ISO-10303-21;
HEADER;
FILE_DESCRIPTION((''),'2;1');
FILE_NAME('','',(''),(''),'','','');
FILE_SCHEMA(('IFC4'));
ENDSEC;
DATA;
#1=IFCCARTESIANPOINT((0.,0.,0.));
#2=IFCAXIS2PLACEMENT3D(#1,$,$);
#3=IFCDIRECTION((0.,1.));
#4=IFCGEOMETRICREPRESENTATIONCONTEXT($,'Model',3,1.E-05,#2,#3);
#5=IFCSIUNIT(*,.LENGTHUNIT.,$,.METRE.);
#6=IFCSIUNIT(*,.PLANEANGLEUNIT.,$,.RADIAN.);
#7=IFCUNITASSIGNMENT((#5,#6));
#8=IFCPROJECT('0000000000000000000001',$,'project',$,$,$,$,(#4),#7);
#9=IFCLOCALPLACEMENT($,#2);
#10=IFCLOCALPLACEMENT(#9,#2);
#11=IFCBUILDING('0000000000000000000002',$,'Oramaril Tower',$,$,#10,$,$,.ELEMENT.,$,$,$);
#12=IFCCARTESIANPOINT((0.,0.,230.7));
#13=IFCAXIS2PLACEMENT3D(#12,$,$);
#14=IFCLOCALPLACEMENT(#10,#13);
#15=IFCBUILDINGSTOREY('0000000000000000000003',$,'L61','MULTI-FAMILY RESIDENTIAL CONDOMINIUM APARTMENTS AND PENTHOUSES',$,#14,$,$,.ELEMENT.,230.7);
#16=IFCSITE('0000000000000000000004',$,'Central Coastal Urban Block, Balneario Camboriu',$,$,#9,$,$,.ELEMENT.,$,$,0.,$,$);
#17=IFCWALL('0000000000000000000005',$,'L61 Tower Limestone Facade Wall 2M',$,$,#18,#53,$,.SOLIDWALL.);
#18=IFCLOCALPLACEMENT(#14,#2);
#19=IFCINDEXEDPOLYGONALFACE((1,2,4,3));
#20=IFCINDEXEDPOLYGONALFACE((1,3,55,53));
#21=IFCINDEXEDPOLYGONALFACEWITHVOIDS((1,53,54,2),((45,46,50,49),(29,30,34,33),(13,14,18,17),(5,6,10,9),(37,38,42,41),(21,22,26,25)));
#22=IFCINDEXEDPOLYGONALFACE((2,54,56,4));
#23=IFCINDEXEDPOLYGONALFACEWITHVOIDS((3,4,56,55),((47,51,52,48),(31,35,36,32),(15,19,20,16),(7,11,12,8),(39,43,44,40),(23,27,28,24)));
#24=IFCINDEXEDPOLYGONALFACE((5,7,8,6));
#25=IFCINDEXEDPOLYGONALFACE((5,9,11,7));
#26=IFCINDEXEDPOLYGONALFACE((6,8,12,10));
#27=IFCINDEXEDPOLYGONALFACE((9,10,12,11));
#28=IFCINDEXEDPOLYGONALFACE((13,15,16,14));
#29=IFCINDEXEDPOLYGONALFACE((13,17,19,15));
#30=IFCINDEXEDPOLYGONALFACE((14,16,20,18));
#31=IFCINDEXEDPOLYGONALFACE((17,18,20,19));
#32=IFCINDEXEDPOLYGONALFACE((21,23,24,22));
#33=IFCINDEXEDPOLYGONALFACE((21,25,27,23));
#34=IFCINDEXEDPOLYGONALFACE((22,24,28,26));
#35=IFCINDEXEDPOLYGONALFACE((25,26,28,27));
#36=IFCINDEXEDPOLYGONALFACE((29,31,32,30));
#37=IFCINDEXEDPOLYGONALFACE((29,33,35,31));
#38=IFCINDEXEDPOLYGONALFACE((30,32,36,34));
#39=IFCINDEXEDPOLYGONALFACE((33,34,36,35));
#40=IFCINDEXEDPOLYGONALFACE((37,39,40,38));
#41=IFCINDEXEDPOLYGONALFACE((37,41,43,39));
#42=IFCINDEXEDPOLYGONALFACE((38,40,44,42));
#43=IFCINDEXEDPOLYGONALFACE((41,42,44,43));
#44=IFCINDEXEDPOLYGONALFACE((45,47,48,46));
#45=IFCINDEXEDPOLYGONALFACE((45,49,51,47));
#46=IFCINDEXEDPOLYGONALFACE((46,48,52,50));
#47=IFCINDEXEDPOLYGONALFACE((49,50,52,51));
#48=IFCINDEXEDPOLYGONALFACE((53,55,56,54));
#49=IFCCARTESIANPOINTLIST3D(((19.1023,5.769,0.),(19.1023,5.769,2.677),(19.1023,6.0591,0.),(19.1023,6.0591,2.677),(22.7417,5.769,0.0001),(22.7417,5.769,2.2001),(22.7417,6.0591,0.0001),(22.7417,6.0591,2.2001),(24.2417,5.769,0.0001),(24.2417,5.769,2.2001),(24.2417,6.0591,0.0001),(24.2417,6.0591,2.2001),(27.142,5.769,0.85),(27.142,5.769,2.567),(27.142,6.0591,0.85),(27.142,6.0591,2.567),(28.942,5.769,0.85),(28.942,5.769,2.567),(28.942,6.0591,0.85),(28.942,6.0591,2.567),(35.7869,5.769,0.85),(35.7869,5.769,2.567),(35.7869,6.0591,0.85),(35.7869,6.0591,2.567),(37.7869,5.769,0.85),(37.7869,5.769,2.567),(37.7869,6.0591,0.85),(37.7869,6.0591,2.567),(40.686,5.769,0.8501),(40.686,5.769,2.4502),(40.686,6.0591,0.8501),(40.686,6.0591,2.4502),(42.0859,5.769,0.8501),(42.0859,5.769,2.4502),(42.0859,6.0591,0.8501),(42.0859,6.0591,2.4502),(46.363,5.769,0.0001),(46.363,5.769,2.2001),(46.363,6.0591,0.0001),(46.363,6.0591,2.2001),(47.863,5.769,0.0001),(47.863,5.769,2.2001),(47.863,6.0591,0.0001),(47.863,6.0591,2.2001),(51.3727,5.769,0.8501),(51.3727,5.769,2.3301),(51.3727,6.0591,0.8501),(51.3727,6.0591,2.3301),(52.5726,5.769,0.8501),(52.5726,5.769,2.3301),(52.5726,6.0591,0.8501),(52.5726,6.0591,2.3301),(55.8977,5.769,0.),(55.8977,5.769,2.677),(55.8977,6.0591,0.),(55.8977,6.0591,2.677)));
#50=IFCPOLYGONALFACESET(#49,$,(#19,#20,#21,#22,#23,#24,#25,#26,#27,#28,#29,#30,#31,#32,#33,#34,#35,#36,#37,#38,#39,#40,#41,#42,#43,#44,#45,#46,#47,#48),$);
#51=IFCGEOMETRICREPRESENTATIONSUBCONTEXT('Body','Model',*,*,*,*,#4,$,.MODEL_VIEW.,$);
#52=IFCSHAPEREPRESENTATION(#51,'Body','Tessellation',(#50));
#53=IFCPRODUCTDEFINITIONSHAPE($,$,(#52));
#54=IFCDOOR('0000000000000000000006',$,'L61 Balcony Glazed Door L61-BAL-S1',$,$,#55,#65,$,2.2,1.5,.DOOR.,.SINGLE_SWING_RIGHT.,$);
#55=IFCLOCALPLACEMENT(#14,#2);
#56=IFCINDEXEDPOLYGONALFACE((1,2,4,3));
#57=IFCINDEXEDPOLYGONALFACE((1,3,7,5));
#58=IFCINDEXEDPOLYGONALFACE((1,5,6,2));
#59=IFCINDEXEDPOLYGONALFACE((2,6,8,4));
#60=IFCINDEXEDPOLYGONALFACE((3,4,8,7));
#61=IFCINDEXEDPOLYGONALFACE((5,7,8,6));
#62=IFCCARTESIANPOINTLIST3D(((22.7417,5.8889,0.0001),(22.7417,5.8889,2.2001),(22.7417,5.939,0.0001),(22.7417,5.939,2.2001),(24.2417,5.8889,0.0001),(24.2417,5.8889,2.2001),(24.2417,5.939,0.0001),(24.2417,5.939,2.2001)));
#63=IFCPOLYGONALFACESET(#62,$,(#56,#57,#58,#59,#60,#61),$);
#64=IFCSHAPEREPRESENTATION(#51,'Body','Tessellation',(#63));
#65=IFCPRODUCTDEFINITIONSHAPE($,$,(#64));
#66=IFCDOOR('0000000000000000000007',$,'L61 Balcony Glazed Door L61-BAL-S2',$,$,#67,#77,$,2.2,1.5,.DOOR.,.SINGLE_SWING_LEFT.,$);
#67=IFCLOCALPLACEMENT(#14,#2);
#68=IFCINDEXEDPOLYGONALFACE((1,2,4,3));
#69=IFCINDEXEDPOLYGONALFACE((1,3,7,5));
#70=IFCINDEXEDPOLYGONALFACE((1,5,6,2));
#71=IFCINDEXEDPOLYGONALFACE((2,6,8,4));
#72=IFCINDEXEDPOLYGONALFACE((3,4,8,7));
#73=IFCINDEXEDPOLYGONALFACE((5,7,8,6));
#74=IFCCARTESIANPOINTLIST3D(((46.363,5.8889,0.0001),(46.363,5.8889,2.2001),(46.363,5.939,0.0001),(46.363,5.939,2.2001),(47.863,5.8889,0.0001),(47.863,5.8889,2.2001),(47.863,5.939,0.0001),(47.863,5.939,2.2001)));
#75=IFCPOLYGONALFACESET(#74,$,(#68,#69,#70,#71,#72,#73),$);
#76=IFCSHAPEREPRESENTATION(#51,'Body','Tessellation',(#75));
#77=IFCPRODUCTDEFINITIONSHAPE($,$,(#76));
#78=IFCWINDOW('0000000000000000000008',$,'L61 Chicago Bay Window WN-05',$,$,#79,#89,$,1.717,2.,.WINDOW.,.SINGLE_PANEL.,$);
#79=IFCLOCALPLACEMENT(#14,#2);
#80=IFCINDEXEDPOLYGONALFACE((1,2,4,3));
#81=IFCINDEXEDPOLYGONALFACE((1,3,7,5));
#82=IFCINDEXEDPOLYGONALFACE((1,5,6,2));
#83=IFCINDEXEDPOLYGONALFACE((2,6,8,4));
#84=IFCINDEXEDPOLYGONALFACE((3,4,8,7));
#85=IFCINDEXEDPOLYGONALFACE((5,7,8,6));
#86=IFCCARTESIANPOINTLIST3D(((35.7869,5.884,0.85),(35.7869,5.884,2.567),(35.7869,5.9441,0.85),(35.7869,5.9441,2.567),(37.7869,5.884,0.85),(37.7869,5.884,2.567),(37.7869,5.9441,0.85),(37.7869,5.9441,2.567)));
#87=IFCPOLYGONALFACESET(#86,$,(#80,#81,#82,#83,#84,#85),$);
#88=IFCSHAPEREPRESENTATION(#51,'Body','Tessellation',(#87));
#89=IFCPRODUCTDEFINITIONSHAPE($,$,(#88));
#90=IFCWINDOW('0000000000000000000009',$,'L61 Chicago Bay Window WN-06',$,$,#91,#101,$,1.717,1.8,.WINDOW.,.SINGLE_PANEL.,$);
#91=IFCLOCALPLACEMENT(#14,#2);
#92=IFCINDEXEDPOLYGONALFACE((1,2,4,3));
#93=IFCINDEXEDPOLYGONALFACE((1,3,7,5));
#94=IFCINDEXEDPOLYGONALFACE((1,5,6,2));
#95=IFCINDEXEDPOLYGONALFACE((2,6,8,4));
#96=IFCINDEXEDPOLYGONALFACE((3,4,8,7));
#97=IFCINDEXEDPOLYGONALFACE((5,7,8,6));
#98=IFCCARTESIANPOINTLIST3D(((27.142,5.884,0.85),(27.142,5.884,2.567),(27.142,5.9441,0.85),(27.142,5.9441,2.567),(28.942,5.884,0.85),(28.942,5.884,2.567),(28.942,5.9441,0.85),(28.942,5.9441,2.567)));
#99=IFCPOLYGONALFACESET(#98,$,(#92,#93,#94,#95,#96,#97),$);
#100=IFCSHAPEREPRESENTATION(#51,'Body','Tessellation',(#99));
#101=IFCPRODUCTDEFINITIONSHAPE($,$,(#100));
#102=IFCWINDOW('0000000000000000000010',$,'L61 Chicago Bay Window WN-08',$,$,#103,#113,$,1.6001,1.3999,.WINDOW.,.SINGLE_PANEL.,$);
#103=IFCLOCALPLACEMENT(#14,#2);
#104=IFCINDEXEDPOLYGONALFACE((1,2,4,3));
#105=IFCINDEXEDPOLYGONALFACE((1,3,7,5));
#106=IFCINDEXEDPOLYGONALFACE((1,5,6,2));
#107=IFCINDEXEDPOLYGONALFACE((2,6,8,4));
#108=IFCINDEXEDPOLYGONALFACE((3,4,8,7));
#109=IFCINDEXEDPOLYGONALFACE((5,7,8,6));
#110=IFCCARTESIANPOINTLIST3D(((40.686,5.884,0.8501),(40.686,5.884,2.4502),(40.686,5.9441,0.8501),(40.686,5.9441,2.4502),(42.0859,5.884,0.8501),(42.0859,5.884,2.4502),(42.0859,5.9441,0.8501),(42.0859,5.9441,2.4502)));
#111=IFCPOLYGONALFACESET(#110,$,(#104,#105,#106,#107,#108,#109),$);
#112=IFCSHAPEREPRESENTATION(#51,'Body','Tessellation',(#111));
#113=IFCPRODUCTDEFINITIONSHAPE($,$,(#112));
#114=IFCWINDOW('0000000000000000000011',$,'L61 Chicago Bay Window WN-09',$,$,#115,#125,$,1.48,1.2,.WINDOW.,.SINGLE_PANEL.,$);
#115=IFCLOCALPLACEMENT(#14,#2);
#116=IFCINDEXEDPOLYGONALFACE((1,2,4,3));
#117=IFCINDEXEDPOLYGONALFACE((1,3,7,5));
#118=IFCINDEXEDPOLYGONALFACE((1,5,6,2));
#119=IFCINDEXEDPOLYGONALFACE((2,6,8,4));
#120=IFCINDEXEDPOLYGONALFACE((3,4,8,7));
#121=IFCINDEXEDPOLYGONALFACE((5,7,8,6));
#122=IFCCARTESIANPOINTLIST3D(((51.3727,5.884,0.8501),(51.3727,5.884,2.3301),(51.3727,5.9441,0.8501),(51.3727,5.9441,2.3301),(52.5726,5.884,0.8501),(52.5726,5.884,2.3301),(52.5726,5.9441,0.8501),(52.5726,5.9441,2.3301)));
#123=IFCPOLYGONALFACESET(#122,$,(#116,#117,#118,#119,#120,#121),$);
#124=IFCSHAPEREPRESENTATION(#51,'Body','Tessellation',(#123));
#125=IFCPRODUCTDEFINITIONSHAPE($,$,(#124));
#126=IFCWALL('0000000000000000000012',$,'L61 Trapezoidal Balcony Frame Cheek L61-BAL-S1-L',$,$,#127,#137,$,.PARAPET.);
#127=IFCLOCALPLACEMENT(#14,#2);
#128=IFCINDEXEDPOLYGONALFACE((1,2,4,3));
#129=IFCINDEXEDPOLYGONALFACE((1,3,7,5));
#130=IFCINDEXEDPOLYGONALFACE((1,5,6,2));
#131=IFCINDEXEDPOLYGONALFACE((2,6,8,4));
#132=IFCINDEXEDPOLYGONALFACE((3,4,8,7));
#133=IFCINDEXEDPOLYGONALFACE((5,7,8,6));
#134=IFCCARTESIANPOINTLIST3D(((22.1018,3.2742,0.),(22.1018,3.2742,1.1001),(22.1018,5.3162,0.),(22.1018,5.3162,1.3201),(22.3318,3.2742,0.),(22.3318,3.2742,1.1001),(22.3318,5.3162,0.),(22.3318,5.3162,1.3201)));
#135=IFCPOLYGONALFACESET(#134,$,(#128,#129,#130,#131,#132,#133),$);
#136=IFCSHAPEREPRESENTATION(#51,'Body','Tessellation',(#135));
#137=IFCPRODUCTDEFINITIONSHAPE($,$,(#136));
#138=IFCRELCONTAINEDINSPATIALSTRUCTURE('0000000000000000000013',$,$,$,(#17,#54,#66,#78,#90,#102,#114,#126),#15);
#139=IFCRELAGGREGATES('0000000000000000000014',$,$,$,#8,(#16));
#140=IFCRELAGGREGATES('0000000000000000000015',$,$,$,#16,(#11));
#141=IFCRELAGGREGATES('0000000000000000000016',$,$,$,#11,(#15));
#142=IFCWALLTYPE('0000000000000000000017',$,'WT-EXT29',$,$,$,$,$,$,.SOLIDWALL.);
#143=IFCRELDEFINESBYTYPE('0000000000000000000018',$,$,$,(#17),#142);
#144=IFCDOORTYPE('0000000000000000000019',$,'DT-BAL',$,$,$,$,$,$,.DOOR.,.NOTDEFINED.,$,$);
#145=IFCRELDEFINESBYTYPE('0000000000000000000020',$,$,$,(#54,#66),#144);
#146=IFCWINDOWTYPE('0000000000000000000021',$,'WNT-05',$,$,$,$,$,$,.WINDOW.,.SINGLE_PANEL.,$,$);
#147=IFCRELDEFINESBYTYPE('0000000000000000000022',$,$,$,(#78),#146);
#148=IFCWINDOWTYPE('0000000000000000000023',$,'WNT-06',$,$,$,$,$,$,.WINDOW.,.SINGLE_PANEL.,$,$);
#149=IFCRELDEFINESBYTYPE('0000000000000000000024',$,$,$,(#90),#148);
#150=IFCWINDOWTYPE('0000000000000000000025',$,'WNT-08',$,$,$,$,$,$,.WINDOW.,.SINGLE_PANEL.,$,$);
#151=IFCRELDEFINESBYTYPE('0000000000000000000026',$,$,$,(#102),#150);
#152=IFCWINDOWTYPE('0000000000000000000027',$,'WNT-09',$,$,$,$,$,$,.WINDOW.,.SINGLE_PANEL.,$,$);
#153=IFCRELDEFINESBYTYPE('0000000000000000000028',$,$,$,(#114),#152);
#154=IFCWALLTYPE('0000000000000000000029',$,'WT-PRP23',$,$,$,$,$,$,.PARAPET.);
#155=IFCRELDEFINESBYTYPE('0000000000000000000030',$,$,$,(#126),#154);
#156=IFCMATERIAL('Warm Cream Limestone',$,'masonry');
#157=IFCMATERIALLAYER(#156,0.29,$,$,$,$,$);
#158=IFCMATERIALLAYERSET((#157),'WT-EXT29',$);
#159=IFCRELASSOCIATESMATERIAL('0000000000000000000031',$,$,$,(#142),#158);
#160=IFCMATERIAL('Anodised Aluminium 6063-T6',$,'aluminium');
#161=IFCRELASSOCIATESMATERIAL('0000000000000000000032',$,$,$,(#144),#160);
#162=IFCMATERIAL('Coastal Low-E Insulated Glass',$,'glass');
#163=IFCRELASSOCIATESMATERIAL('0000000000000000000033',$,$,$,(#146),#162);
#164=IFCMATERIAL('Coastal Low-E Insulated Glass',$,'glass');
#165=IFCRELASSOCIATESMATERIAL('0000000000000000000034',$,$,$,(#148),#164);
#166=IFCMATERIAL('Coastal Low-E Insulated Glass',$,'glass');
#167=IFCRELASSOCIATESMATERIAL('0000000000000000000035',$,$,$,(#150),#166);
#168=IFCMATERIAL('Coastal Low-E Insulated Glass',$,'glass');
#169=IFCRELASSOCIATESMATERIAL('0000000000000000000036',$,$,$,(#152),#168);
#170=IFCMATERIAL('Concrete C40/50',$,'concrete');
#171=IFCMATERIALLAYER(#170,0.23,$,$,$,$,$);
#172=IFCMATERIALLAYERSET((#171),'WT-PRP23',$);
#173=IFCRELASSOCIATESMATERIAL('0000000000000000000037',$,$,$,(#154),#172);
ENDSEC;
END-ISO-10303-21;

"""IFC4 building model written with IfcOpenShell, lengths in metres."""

from ifc_helpers import new_model, si_unit, direction, frame, frame_2d, origin, place, context, subcontext, project, spatial, polyline, rectangle, outline, extrude, material, layer, layer_set, type_object, element, fill, save


model = new_model("IFC4")

# Units and contexts
model_context = context("Model", 3, precision=1e-05, world=origin(), true_north=direction((0.0, 1.0)))
body_context = subcontext(model_context, "Body", "Model", "MODEL_VIEW")
ifc_project = project(units=[si_unit("LENGTHUNIT", "METRE"), si_unit("PLANEANGLEUNIT", "RADIAN")], contexts=[model_context])

# Site, building, storey
site_placement = place(None, origin())
site = spatial("IfcSite", under=ifc_project, at=site_placement, Name="Central Coastal Urban Block, Balneario Camboriu", CompositionType="ELEMENT", RefElevation=0.0)
building_placement = place(site_placement, origin())
building = spatial("IfcBuilding", under=site, at=building_placement, Name="Oramaril Tower", CompositionType="ELEMENT")
storey_placement = place(building_placement, frame((0.0, 0.0, 230.7)))
storey = spatial("IfcBuildingStorey", under=building, at=storey_placement, Name="L61", Description="MULTI-FAMILY RESIDENTIAL CONDOMINIUM APARTMENTS AND PENTHOUSES", CompositionType="ELEMENT", Elevation=230.7)

# Wall, openings, doors, windows
ifc_material_1 = material(Name="Warm Cream Limestone", Category="masonry")
ifc_layer_1 = layer(ifc_material_1, 0.29)
ifc_layer_set_1 = layer_set([ifc_layer_1], Name="WT-EXT29")
wall_type_1 = type_object("IfcWallType", Name="WT-EXT29", PredefinedType="SOLIDWALL", material=ifc_layer_set_1)
wall_1_placement = place(storey_placement, frame((19.1023, 5.9141, 0.0), z_axis=(0.0, 0.0, 1.0), x_axis=(1.0, 0.0, 0.0)))
wall_1 = element("IfcWall", 1, at=wall_1_placement, inside=storey, type_object=wall_type_1, Name="L61 Tower Limestone Facade Wall 2M", PredefinedType="SOLIDWALL", context=body_context, shape_type="SweptSolid", body=[
    extrude(rectangle(XDim=36.7954, YDim=0.29, at=frame_2d((18.3977, 0.0))), origin(), (0.0, 0.0, 1.0), 2.677),
])
opening_1_placement = place(wall_1_placement, frame((3.6394, 0.0, 0.0)))
opening_1 = element("IfcOpeningElement", 2, at=opening_1_placement, cuts=wall_1, PredefinedType="OPENING", context=body_context, shape_type="SweptSolid", body=[
    extrude(rectangle(XDim=1.5, YDim=2.2, at=frame_2d((0.75, 1.1001))), frame((0.0, 0.145, 0.0), z_axis=(0.0, -1.0, 0.0), x_axis=(1.0, 0.0, 0.0)), (0.0, 0.0, 1.0), 0.29),
])
opening_2_placement = place(wall_1_placement, frame((27.2607, 0.0, 0.0)))
opening_2 = element("IfcOpeningElement", 3, at=opening_2_placement, cuts=wall_1, PredefinedType="OPENING", context=body_context, shape_type="SweptSolid", body=[
    extrude(rectangle(XDim=1.5, YDim=2.2, at=frame_2d((0.75, 1.1001))), frame((0.0, 0.145, 0.0), z_axis=(0.0, -1.0, 0.0), x_axis=(1.0, 0.0, 0.0)), (0.0, 0.0, 1.0), 0.29),
])
opening_3_placement = place(wall_1_placement, frame((8.0398, 0.0, 0.8501)))
opening_3 = element("IfcOpeningElement", 4, at=opening_3_placement, cuts=wall_1, PredefinedType="OPENING", context=body_context, shape_type="SweptSolid", body=[
    extrude(rectangle(XDim=1.8, YDim=1.717, at=frame_2d((0.8999, 0.8584))), frame((0.0, 0.145, 0.0), z_axis=(0.0, -1.0, 0.0), x_axis=(1.0, 0.0, 0.0)), (0.0, 0.0, 1.0), 0.29),
])
opening_4_placement = place(wall_1_placement, frame((16.6846, 0.0, 0.8501)))
opening_4 = element("IfcOpeningElement", 5, at=opening_4_placement, cuts=wall_1, PredefinedType="OPENING", context=body_context, shape_type="SweptSolid", body=[
    extrude(rectangle(XDim=2.0, YDim=1.717, at=frame_2d((1.0, 0.8584))), frame((0.0, 0.145, 0.0), z_axis=(0.0, -1.0, 0.0), x_axis=(1.0, 0.0, 0.0)), (0.0, 0.0, 1.0), 0.29),
])
opening_5_placement = place(wall_1_placement, frame((21.5837, 0.0, 0.8501)))
opening_5 = element("IfcOpeningElement", 6, at=opening_5_placement, cuts=wall_1, PredefinedType="OPENING", context=body_context, shape_type="SweptSolid", body=[
    extrude(rectangle(XDim=1.3999, YDim=1.6001, at=frame_2d((0.7, 0.8))), frame((0.0, 0.145, 0.0), z_axis=(0.0, -1.0, 0.0), x_axis=(1.0, 0.0, 0.0)), (0.0, 0.0, 1.0), 0.29),
])
opening_6_placement = place(wall_1_placement, frame((32.2703, 0.0, 0.8501)))
opening_6 = element("IfcOpeningElement", 7, at=opening_6_placement, cuts=wall_1, PredefinedType="OPENING", context=body_context, shape_type="SweptSolid", body=[
    extrude(rectangle(XDim=1.2, YDim=1.48, at=frame_2d((0.6001, 0.74))), frame((0.0, 0.145, 0.0), z_axis=(0.0, -1.0, 0.0), x_axis=(1.0, 0.0, 0.0)), (0.0, 0.0, 1.0), 0.29),
])
ifc_material_2 = material(Name="Anodised Aluminium 6063-T6", Category="aluminium")
door_type_1 = type_object("IfcDoorType", Name="DT-BAL", OperationType="NOTDEFINED", PredefinedType="DOOR", material=ifc_material_2)
door_1_placement = place(opening_1_placement, origin())
door_1 = element("IfcDoor", 8, at=door_1_placement, inside=storey, type_object=door_type_1, Name="L61 Balcony Glazed Door L61-BAL-S1", OperationType="SINGLE_SWING_RIGHT", OverallHeight=2.2, OverallWidth=1.5, PredefinedType="DOOR", context=body_context, shape_type="SweptSolid", body=[
    extrude(rectangle(XDim=1.5, YDim=2.2, at=frame_2d((0.75, 1.1001))), frame((0.0, 0.0249, 0.0), z_axis=(0.0, -1.0, 0.0), x_axis=(1.0, 0.0, 0.0)), (0.0, 0.0, 1.0), 0.05),
])
fill(opening_1, door_1)
door_2_placement = place(opening_2_placement, origin())
door_2 = element("IfcDoor", 9, at=door_2_placement, inside=storey, type_object=door_type_1, Name="L61 Balcony Glazed Door L61-BAL-S2", OperationType="SINGLE_SWING_LEFT", OverallHeight=2.2, OverallWidth=1.5, PredefinedType="DOOR", context=body_context, shape_type="SweptSolid", body=[
    extrude(rectangle(XDim=1.5, YDim=2.2, at=frame_2d((0.75, 1.1001))), frame((0.0, 0.0249, 0.0), z_axis=(0.0, -1.0, 0.0), x_axis=(1.0, 0.0, 0.0)), (0.0, 0.0, 1.0), 0.05),
])
fill(opening_2, door_2)
ifc_material_3 = material(Name="Coastal Low-E Insulated Glass", Category="glass")
window_type_1 = type_object("IfcWindowType", Name="WNT-05", PartitioningType="SINGLE_PANEL", PredefinedType="WINDOW", material=ifc_material_3)
window_1_placement = place(opening_4_placement, origin())
window_1 = element("IfcWindow", 10, at=window_1_placement, inside=storey, type_object=window_type_1, Name="L61 Chicago Bay Window WN-05", OverallHeight=1.717, OverallWidth=2.0, PartitioningType="SINGLE_PANEL", PredefinedType="WINDOW", context=body_context, shape_type="SweptSolid", body=[
    extrude(rectangle(XDim=2.0, YDim=1.717, at=frame_2d((1.0, 0.8584))), frame((0.0, 0.03, 0.0), z_axis=(0.0, -1.0, 0.0), x_axis=(1.0, 0.0, 0.0)), (0.0, 0.0, 1.0), 0.0601),
])
fill(opening_4, window_1)
ifc_material_4 = material(Name="Coastal Low-E Insulated Glass", Category="glass")
window_type_2 = type_object("IfcWindowType", Name="WNT-06", PartitioningType="SINGLE_PANEL", PredefinedType="WINDOW", material=ifc_material_4)
window_2_placement = place(opening_3_placement, origin())
window_2 = element("IfcWindow", 11, at=window_2_placement, inside=storey, type_object=window_type_2, Name="L61 Chicago Bay Window WN-06", OverallHeight=1.717, OverallWidth=1.8, PartitioningType="SINGLE_PANEL", PredefinedType="WINDOW", context=body_context, shape_type="SweptSolid", body=[
    extrude(rectangle(XDim=1.8, YDim=1.717, at=frame_2d((0.8999, 0.8584))), frame((0.0, 0.03, 0.0), z_axis=(0.0, -1.0, 0.0), x_axis=(1.0, 0.0, 0.0)), (0.0, 0.0, 1.0), 0.0601),
])
fill(opening_3, window_2)
ifc_material_5 = material(Name="Coastal Low-E Insulated Glass", Category="glass")
window_type_3 = type_object("IfcWindowType", Name="WNT-08", PartitioningType="SINGLE_PANEL", PredefinedType="WINDOW", material=ifc_material_5)
window_3_placement = place(opening_5_placement, origin())
window_3 = element("IfcWindow", 12, at=window_3_placement, inside=storey, type_object=window_type_3, Name="L61 Chicago Bay Window WN-08", OverallHeight=1.6001, OverallWidth=1.3999, PartitioningType="SINGLE_PANEL", PredefinedType="WINDOW", context=body_context, shape_type="SweptSolid", body=[
    extrude(rectangle(XDim=1.3999, YDim=1.6001, at=frame_2d((0.7, 0.8))), frame((0.0, 0.03, 0.0), z_axis=(0.0, -1.0, 0.0), x_axis=(1.0, 0.0, 0.0)), (0.0, 0.0, 1.0), 0.0601),
])
fill(opening_5, window_3)
ifc_material_6 = material(Name="Coastal Low-E Insulated Glass", Category="glass")
window_type_4 = type_object("IfcWindowType", Name="WNT-09", PartitioningType="SINGLE_PANEL", PredefinedType="WINDOW", material=ifc_material_6)
window_4_placement = place(opening_6_placement, origin())
window_4 = element("IfcWindow", 13, at=window_4_placement, inside=storey, type_object=window_type_4, Name="L61 Chicago Bay Window WN-09", OverallHeight=1.48, OverallWidth=1.2, PartitioningType="SINGLE_PANEL", PredefinedType="WINDOW", context=body_context, shape_type="SweptSolid", body=[
    extrude(rectangle(XDim=1.2, YDim=1.48, at=frame_2d((0.6001, 0.74))), frame((0.0, 0.03, 0.0), z_axis=(0.0, -1.0, 0.0), x_axis=(1.0, 0.0, 0.0)), (0.0, 0.0, 1.0), 0.0601),
])
fill(opening_6, window_4)

# Wall
ifc_material_7 = material(Name="Concrete C40/50", Category="concrete")
ifc_layer_2 = layer(ifc_material_7, 0.23)
ifc_layer_set_2 = layer_set([ifc_layer_2], Name="WT-PRP23")
wall_type_2 = type_object("IfcWallType", Name="WT-PRP23", PredefinedType="PARAPET", material=ifc_layer_set_2)
wall_2_placement = place(storey_placement, frame((22.2168, 5.3162, 0.0), z_axis=(0.0, 0.0, 1.0), x_axis=(0.0, -1.0, 0.0)))
element("IfcWall", 14, at=wall_2_placement, inside=storey, type_object=wall_type_2, Name="L61 Trapezoidal Balcony Frame Cheek L61-BAL-S1-L", PredefinedType="PARAPET", context=body_context, shape_type="SweptSolid", body=[
    extrude(outline(polyline([(0.0, 0.0), (2.042, 0.0), (2.042, 1.1001), (0.0, 1.3201), (0.0, 0.0)])), frame((0.0, 0.115, 0.0), z_axis=(0.0, -1.0, 0.0), x_axis=(1.0, 0.0, 0.0)), (0.0, 0.0, 1.0), 0.23),
])

save(model, "model.ifc")
